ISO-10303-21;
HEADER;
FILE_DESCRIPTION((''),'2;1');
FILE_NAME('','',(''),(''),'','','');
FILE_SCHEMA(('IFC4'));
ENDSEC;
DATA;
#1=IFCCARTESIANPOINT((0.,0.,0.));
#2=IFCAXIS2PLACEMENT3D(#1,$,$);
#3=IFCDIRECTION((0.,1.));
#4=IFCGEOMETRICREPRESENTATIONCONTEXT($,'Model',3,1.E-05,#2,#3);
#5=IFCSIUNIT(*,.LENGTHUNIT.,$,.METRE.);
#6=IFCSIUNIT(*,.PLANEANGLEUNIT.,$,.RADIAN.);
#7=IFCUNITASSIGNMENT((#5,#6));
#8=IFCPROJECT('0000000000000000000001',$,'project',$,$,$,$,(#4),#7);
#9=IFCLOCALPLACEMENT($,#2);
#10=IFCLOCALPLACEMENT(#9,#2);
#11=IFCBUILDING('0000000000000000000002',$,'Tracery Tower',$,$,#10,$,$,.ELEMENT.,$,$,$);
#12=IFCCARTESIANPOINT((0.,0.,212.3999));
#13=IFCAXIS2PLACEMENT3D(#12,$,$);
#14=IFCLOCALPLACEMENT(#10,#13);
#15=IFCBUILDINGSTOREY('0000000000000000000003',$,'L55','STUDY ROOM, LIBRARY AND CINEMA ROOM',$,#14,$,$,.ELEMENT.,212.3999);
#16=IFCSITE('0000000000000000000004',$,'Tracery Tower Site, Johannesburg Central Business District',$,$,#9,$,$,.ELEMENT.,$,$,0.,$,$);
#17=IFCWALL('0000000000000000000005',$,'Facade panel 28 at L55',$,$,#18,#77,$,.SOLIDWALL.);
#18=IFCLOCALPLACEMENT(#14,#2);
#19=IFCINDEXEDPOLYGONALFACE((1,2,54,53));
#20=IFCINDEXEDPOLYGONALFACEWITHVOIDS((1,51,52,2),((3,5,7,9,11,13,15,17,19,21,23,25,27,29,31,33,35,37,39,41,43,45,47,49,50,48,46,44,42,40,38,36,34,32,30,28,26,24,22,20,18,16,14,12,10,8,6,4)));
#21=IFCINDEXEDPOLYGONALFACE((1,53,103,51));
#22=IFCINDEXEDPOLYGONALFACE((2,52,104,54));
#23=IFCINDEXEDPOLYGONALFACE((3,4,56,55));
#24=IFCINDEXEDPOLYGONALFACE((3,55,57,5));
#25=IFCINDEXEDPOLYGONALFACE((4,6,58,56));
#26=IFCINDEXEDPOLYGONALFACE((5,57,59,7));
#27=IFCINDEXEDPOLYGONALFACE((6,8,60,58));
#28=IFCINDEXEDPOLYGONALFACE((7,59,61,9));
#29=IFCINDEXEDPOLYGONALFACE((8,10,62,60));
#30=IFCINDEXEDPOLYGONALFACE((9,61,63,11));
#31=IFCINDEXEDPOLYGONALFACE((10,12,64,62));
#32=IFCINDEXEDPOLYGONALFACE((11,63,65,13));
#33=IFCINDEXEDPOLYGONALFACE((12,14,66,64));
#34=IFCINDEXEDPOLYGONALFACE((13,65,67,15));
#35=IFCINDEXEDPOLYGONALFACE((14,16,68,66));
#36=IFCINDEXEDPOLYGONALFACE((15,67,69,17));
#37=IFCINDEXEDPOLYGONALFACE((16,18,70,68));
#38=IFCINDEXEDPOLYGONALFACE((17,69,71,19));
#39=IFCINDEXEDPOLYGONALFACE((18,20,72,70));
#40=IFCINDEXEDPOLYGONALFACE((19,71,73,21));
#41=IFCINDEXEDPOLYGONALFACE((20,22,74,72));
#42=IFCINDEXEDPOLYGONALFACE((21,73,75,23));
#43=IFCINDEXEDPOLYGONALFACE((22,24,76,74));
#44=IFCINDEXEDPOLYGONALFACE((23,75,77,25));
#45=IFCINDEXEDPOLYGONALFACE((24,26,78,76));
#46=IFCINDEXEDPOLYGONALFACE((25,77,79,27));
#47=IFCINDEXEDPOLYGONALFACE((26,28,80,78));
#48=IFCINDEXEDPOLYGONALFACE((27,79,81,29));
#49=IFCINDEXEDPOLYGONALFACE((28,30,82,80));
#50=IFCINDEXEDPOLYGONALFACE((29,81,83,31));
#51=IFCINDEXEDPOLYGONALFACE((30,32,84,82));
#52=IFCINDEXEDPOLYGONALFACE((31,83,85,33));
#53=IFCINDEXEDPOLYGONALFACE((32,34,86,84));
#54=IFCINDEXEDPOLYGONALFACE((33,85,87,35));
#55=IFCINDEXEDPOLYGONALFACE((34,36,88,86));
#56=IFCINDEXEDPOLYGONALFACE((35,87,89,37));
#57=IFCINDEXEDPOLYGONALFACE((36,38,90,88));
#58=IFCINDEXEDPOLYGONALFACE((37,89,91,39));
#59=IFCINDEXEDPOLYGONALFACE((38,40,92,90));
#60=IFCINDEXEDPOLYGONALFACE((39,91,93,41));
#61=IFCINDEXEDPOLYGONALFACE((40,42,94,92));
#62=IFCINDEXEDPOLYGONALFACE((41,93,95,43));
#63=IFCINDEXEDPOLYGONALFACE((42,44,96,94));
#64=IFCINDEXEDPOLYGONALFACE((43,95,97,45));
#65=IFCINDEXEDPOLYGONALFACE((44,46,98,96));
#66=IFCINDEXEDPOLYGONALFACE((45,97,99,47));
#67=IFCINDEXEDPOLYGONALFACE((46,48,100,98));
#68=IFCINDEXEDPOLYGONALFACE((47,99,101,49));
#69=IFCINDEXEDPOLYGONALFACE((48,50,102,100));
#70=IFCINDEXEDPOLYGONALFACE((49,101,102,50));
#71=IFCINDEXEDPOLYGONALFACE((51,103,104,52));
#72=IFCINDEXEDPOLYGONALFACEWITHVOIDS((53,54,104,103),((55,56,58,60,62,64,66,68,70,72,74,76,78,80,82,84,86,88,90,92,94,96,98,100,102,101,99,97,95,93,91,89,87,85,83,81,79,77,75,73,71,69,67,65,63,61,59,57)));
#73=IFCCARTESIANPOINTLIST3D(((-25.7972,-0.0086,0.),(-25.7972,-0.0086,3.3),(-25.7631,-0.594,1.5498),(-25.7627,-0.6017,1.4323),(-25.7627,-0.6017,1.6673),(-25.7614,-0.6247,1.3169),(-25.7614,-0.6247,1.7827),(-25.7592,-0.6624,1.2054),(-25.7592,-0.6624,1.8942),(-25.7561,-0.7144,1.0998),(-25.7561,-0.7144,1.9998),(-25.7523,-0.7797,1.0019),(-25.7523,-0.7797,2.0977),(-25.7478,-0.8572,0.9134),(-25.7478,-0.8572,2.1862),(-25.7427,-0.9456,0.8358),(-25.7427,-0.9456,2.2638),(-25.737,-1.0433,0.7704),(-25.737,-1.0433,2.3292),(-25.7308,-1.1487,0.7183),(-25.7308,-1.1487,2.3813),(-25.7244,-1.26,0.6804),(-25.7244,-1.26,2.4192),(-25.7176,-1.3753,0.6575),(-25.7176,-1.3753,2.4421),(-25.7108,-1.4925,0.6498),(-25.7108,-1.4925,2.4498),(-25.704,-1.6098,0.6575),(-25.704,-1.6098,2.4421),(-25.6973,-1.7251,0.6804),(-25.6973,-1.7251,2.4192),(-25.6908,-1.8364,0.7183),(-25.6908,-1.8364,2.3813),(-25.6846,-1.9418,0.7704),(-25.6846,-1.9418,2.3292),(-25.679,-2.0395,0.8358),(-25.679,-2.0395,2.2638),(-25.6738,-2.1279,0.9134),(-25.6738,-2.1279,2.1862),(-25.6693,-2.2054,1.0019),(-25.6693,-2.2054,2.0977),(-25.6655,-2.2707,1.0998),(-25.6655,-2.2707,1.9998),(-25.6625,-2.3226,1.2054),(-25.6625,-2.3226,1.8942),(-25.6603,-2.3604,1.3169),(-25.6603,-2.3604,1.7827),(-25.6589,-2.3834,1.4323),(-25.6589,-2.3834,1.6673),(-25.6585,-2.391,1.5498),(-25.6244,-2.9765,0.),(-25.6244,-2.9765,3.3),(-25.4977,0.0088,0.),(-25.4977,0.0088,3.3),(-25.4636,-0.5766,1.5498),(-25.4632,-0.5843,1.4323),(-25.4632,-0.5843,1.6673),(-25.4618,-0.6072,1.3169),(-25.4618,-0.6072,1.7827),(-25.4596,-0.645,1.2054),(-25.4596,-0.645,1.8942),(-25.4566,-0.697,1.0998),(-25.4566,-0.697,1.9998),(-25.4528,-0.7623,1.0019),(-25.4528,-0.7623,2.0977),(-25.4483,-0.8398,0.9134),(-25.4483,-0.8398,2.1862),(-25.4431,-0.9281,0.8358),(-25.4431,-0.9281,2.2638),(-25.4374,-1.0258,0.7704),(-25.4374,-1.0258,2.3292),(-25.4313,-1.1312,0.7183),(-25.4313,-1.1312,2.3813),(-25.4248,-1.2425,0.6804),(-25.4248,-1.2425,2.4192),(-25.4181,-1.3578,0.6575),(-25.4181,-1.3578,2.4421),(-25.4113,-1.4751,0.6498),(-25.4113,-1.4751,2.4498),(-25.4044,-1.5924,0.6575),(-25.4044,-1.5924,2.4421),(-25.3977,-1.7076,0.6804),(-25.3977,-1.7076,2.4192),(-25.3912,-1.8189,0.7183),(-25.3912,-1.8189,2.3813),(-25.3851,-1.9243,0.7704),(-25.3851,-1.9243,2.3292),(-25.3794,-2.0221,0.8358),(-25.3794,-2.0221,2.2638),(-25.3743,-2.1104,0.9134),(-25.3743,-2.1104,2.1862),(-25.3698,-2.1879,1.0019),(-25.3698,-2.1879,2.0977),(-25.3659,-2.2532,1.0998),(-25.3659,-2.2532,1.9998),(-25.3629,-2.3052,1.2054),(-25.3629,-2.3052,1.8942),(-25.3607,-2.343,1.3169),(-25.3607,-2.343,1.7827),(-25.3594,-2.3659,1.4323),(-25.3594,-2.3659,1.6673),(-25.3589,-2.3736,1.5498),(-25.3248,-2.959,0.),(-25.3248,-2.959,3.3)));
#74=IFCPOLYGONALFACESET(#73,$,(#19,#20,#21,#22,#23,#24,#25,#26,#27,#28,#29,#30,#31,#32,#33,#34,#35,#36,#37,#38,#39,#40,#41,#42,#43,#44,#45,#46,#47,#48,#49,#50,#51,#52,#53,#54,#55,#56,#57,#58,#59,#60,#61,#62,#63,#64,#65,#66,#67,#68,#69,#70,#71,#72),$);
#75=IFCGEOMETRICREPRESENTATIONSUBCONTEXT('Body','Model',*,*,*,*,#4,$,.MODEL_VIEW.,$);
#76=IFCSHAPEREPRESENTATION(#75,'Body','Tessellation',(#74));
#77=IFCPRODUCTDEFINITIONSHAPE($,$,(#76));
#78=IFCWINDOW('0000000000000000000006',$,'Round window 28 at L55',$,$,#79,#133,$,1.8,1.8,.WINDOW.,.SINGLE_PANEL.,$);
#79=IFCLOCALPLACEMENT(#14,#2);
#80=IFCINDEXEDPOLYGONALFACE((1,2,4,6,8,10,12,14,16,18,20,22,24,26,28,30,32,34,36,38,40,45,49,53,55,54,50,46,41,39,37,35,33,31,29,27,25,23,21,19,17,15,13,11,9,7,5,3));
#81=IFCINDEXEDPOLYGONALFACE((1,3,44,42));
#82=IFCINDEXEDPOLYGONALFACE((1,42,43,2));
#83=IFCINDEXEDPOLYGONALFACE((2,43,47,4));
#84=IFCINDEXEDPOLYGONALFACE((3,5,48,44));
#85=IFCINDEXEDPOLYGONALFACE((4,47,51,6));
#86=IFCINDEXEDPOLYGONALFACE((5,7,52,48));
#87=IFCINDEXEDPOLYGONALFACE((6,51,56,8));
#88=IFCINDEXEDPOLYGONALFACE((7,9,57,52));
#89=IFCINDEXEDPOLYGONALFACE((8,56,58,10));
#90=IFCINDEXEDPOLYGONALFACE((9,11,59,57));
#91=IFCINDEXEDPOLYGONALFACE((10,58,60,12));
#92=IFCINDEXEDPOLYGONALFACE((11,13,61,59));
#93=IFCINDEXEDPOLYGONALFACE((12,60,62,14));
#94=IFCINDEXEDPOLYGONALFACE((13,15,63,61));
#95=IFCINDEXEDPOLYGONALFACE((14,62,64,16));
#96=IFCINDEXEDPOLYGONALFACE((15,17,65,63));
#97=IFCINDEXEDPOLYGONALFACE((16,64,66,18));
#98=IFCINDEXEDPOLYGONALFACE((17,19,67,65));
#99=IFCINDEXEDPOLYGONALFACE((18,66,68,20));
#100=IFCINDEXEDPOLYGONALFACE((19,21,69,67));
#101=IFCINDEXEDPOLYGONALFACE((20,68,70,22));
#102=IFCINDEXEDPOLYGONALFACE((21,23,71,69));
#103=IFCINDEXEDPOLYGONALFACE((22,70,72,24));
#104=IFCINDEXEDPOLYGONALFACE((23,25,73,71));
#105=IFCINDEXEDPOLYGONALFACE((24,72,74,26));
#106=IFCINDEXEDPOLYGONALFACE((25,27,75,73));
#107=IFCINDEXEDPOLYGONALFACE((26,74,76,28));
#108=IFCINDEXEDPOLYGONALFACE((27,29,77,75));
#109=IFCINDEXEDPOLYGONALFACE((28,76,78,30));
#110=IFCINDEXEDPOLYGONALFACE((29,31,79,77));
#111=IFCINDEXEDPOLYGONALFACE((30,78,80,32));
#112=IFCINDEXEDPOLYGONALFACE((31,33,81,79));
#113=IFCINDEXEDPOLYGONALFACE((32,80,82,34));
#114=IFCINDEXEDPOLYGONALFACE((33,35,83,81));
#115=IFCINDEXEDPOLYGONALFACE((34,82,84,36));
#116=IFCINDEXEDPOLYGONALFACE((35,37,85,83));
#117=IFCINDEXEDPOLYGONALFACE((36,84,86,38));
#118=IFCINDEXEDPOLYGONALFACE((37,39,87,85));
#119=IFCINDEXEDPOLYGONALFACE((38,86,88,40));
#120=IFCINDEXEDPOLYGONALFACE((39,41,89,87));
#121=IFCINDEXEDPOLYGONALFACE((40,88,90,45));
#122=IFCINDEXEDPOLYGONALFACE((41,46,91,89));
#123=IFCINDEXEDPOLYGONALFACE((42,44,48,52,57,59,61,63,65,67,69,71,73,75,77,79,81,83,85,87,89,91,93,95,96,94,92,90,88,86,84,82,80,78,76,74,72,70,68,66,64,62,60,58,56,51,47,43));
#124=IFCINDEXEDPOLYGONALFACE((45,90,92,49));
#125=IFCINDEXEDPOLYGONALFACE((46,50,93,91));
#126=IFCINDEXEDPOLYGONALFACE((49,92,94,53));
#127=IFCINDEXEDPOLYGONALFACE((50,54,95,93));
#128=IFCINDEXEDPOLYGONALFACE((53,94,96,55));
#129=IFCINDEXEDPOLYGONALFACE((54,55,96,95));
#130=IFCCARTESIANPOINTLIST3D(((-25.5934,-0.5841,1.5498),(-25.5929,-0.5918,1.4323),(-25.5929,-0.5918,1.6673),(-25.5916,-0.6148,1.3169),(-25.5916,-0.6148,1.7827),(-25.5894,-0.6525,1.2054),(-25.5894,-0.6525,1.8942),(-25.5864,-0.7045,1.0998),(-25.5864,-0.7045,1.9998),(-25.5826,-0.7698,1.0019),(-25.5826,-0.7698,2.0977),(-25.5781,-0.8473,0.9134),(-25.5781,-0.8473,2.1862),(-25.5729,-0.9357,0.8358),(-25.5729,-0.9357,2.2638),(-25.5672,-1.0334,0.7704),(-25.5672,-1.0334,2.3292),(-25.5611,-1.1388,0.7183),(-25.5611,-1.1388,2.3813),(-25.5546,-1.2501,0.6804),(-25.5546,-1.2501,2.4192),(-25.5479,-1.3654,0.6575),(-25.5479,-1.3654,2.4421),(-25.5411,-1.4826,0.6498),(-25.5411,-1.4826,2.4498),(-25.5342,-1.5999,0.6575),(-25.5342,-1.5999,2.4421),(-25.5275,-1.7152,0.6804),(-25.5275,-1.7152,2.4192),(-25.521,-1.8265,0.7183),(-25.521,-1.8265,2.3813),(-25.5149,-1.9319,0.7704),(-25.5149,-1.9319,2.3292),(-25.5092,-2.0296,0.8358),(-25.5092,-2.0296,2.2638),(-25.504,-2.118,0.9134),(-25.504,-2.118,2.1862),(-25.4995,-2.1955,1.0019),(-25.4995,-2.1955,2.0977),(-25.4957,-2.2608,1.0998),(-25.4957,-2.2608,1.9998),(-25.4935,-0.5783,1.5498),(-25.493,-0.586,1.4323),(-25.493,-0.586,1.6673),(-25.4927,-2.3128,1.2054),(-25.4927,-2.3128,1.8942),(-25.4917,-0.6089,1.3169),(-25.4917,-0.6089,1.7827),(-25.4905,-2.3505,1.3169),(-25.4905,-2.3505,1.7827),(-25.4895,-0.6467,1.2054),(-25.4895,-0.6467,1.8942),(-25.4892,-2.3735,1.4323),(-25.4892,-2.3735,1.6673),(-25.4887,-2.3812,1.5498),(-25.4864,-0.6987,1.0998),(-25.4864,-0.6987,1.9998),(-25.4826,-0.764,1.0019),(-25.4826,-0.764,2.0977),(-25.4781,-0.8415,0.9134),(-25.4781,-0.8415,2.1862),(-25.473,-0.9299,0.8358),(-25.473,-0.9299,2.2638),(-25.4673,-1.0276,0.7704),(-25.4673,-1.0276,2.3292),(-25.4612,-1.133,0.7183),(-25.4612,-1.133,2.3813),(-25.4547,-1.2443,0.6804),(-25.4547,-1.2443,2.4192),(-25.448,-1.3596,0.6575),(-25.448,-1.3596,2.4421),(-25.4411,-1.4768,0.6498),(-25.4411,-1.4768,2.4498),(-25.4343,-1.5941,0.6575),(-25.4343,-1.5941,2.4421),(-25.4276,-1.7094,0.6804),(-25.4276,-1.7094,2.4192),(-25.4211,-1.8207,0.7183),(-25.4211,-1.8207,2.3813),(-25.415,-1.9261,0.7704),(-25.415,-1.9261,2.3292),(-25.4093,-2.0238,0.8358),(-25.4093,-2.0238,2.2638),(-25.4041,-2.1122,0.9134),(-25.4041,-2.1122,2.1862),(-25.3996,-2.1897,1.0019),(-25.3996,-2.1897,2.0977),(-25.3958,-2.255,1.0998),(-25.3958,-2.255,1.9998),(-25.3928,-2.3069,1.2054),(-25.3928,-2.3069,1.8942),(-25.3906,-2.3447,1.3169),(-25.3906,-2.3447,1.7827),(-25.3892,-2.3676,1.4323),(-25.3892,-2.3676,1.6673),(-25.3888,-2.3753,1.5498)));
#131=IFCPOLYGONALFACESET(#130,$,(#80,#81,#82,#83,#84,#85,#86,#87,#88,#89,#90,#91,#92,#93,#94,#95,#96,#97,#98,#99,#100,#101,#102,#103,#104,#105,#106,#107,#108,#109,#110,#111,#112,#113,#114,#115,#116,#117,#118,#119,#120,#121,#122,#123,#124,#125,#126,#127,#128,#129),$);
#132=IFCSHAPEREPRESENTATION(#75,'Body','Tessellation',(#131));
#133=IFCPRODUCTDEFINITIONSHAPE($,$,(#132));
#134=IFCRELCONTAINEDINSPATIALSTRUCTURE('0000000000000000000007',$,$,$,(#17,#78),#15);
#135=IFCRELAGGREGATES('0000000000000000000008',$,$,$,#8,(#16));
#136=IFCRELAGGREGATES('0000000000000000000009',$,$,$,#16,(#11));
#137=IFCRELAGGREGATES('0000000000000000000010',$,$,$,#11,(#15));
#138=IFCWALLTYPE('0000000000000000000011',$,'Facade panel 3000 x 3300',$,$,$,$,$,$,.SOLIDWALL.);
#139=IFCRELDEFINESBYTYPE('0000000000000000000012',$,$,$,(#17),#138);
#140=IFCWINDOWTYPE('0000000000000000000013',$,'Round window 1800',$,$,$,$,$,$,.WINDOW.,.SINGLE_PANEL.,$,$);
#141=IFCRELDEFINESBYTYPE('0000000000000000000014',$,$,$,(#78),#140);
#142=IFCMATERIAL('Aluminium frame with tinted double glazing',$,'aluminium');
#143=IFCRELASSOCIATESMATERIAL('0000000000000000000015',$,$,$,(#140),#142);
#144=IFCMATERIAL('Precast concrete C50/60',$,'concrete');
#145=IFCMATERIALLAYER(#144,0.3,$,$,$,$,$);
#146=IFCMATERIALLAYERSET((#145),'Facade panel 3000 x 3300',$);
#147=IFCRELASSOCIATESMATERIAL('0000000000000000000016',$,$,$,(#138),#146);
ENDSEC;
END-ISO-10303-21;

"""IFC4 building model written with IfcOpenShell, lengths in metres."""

from ifc_helpers import new_model, si_unit, direction, frame, frame_2d, origin, origin_2d, place, context, subcontext, project, spatial, rectangle, circle, extrude, material, layer, layer_set, type_object, element, fill, save


model = new_model("IFC4")

# Units and contexts
model_context = context("Model", 3, precision=1e-05, world=origin(), true_north=direction((0.0, 1.0)))
body_context = subcontext(model_context, "Body", "Model", "MODEL_VIEW")
ifc_project = project(units=[si_unit("LENGTHUNIT", "METRE"), si_unit("PLANEANGLEUNIT", "RADIAN")], contexts=[model_context])

# Site, building, storey
site_placement = place(None, origin())
site = spatial("IfcSite", under=ifc_project, at=site_placement, Name="Tracery Tower Site, Johannesburg Central Business District", CompositionType="ELEMENT", RefElevation=0.0)
building_placement = place(site_placement, origin())
building = spatial("IfcBuilding", under=site, at=building_placement, Name="Tracery Tower", CompositionType="ELEMENT")
storey_placement = place(building_placement, frame((0.0, 0.0, 212.3999)))
storey = spatial("IfcBuildingStorey", under=building, at=storey_placement, Name="L55", Description="STUDY ROOM, LIBRARY AND CINEMA ROOM", CompositionType="ELEMENT", Elevation=212.3999)

# Wall, opening, window
ifc_material_1 = material(Name="Aluminium frame with tinted double glazing", Category="aluminium")
window_type = type_object("IfcWindowType", Name="Round window 1800", PartitioningType="SINGLE_PANEL", PredefinedType="WINDOW", material=ifc_material_1)
ifc_material_2 = material(Name="Precast concrete C50/60", Category="concrete")
ifc_layer_1 = layer(ifc_material_2, 0.3)
ifc_layer_set_1 = layer_set([ifc_layer_1], Name="Facade panel 3000 x 3300")
wall_type_1 = type_object("IfcWallType", Name="Facade panel 3000 x 3300", PredefinedType="SOLIDWALL", material=ifc_layer_set_1)
wall_1_placement = place(storey_placement, frame((-25.6475, 0.0, 0.0), z_axis=(0.0, 0.0, 1.0), x_axis=(0.058144, -0.998308, 0.0)))
wall_1 = element("IfcWall", 1, at=wall_1_placement, inside=storey, type_object=wall_type_1, Name="Facade panel 28 at L55", PredefinedType="SOLIDWALL", context=body_context, shape_type="SweptSolid", body=[
    extrude(rectangle(XDim=2.9729, YDim=0.3, at=frame_2d((1.4863, 0.0))), origin(), (0.0, 0.0, 1.0), 3.3),
])
opening_1_placement = place(wall_1_placement, frame((1.4863, 0.0, 1.5498)))
opening_1 = element("IfcOpeningElement", 2, at=opening_1_placement, cuts=wall_1, PredefinedType="OPENING", context=body_context, shape_type="SweptSolid", body=[
    extrude(circle(Radius=0.9, at=origin_2d()), frame((0.0, 0.1599, 0.0), z_axis=(0.0, -1.0, 0.0), x_axis=(1.0, 0.0, 0.0)), (0.0, 0.0, 1.0), 0.3201),
])
window_1_placement = place(opening_1_placement, origin())
window_1 = element("IfcWindow", 3, at=window_1_placement, inside=storey, type_object=window_type, Name="Round window 28 at L55", OverallHeight=1.8, OverallWidth=1.8, PartitioningType="SINGLE_PANEL", PredefinedType="WINDOW", context=body_context, shape_type="SweptSolid", body=[
    extrude(circle(Radius=0.9, at=origin_2d()), frame((0.0, 0.1201, 0.0), z_axis=(0.0, -1.0, 0.0), x_axis=(1.0, 0.0, 0.0)), (0.0, 0.0, 1.0), 0.1001),
])
fill(opening_1, window_1)

save(model, "model.ifc")
